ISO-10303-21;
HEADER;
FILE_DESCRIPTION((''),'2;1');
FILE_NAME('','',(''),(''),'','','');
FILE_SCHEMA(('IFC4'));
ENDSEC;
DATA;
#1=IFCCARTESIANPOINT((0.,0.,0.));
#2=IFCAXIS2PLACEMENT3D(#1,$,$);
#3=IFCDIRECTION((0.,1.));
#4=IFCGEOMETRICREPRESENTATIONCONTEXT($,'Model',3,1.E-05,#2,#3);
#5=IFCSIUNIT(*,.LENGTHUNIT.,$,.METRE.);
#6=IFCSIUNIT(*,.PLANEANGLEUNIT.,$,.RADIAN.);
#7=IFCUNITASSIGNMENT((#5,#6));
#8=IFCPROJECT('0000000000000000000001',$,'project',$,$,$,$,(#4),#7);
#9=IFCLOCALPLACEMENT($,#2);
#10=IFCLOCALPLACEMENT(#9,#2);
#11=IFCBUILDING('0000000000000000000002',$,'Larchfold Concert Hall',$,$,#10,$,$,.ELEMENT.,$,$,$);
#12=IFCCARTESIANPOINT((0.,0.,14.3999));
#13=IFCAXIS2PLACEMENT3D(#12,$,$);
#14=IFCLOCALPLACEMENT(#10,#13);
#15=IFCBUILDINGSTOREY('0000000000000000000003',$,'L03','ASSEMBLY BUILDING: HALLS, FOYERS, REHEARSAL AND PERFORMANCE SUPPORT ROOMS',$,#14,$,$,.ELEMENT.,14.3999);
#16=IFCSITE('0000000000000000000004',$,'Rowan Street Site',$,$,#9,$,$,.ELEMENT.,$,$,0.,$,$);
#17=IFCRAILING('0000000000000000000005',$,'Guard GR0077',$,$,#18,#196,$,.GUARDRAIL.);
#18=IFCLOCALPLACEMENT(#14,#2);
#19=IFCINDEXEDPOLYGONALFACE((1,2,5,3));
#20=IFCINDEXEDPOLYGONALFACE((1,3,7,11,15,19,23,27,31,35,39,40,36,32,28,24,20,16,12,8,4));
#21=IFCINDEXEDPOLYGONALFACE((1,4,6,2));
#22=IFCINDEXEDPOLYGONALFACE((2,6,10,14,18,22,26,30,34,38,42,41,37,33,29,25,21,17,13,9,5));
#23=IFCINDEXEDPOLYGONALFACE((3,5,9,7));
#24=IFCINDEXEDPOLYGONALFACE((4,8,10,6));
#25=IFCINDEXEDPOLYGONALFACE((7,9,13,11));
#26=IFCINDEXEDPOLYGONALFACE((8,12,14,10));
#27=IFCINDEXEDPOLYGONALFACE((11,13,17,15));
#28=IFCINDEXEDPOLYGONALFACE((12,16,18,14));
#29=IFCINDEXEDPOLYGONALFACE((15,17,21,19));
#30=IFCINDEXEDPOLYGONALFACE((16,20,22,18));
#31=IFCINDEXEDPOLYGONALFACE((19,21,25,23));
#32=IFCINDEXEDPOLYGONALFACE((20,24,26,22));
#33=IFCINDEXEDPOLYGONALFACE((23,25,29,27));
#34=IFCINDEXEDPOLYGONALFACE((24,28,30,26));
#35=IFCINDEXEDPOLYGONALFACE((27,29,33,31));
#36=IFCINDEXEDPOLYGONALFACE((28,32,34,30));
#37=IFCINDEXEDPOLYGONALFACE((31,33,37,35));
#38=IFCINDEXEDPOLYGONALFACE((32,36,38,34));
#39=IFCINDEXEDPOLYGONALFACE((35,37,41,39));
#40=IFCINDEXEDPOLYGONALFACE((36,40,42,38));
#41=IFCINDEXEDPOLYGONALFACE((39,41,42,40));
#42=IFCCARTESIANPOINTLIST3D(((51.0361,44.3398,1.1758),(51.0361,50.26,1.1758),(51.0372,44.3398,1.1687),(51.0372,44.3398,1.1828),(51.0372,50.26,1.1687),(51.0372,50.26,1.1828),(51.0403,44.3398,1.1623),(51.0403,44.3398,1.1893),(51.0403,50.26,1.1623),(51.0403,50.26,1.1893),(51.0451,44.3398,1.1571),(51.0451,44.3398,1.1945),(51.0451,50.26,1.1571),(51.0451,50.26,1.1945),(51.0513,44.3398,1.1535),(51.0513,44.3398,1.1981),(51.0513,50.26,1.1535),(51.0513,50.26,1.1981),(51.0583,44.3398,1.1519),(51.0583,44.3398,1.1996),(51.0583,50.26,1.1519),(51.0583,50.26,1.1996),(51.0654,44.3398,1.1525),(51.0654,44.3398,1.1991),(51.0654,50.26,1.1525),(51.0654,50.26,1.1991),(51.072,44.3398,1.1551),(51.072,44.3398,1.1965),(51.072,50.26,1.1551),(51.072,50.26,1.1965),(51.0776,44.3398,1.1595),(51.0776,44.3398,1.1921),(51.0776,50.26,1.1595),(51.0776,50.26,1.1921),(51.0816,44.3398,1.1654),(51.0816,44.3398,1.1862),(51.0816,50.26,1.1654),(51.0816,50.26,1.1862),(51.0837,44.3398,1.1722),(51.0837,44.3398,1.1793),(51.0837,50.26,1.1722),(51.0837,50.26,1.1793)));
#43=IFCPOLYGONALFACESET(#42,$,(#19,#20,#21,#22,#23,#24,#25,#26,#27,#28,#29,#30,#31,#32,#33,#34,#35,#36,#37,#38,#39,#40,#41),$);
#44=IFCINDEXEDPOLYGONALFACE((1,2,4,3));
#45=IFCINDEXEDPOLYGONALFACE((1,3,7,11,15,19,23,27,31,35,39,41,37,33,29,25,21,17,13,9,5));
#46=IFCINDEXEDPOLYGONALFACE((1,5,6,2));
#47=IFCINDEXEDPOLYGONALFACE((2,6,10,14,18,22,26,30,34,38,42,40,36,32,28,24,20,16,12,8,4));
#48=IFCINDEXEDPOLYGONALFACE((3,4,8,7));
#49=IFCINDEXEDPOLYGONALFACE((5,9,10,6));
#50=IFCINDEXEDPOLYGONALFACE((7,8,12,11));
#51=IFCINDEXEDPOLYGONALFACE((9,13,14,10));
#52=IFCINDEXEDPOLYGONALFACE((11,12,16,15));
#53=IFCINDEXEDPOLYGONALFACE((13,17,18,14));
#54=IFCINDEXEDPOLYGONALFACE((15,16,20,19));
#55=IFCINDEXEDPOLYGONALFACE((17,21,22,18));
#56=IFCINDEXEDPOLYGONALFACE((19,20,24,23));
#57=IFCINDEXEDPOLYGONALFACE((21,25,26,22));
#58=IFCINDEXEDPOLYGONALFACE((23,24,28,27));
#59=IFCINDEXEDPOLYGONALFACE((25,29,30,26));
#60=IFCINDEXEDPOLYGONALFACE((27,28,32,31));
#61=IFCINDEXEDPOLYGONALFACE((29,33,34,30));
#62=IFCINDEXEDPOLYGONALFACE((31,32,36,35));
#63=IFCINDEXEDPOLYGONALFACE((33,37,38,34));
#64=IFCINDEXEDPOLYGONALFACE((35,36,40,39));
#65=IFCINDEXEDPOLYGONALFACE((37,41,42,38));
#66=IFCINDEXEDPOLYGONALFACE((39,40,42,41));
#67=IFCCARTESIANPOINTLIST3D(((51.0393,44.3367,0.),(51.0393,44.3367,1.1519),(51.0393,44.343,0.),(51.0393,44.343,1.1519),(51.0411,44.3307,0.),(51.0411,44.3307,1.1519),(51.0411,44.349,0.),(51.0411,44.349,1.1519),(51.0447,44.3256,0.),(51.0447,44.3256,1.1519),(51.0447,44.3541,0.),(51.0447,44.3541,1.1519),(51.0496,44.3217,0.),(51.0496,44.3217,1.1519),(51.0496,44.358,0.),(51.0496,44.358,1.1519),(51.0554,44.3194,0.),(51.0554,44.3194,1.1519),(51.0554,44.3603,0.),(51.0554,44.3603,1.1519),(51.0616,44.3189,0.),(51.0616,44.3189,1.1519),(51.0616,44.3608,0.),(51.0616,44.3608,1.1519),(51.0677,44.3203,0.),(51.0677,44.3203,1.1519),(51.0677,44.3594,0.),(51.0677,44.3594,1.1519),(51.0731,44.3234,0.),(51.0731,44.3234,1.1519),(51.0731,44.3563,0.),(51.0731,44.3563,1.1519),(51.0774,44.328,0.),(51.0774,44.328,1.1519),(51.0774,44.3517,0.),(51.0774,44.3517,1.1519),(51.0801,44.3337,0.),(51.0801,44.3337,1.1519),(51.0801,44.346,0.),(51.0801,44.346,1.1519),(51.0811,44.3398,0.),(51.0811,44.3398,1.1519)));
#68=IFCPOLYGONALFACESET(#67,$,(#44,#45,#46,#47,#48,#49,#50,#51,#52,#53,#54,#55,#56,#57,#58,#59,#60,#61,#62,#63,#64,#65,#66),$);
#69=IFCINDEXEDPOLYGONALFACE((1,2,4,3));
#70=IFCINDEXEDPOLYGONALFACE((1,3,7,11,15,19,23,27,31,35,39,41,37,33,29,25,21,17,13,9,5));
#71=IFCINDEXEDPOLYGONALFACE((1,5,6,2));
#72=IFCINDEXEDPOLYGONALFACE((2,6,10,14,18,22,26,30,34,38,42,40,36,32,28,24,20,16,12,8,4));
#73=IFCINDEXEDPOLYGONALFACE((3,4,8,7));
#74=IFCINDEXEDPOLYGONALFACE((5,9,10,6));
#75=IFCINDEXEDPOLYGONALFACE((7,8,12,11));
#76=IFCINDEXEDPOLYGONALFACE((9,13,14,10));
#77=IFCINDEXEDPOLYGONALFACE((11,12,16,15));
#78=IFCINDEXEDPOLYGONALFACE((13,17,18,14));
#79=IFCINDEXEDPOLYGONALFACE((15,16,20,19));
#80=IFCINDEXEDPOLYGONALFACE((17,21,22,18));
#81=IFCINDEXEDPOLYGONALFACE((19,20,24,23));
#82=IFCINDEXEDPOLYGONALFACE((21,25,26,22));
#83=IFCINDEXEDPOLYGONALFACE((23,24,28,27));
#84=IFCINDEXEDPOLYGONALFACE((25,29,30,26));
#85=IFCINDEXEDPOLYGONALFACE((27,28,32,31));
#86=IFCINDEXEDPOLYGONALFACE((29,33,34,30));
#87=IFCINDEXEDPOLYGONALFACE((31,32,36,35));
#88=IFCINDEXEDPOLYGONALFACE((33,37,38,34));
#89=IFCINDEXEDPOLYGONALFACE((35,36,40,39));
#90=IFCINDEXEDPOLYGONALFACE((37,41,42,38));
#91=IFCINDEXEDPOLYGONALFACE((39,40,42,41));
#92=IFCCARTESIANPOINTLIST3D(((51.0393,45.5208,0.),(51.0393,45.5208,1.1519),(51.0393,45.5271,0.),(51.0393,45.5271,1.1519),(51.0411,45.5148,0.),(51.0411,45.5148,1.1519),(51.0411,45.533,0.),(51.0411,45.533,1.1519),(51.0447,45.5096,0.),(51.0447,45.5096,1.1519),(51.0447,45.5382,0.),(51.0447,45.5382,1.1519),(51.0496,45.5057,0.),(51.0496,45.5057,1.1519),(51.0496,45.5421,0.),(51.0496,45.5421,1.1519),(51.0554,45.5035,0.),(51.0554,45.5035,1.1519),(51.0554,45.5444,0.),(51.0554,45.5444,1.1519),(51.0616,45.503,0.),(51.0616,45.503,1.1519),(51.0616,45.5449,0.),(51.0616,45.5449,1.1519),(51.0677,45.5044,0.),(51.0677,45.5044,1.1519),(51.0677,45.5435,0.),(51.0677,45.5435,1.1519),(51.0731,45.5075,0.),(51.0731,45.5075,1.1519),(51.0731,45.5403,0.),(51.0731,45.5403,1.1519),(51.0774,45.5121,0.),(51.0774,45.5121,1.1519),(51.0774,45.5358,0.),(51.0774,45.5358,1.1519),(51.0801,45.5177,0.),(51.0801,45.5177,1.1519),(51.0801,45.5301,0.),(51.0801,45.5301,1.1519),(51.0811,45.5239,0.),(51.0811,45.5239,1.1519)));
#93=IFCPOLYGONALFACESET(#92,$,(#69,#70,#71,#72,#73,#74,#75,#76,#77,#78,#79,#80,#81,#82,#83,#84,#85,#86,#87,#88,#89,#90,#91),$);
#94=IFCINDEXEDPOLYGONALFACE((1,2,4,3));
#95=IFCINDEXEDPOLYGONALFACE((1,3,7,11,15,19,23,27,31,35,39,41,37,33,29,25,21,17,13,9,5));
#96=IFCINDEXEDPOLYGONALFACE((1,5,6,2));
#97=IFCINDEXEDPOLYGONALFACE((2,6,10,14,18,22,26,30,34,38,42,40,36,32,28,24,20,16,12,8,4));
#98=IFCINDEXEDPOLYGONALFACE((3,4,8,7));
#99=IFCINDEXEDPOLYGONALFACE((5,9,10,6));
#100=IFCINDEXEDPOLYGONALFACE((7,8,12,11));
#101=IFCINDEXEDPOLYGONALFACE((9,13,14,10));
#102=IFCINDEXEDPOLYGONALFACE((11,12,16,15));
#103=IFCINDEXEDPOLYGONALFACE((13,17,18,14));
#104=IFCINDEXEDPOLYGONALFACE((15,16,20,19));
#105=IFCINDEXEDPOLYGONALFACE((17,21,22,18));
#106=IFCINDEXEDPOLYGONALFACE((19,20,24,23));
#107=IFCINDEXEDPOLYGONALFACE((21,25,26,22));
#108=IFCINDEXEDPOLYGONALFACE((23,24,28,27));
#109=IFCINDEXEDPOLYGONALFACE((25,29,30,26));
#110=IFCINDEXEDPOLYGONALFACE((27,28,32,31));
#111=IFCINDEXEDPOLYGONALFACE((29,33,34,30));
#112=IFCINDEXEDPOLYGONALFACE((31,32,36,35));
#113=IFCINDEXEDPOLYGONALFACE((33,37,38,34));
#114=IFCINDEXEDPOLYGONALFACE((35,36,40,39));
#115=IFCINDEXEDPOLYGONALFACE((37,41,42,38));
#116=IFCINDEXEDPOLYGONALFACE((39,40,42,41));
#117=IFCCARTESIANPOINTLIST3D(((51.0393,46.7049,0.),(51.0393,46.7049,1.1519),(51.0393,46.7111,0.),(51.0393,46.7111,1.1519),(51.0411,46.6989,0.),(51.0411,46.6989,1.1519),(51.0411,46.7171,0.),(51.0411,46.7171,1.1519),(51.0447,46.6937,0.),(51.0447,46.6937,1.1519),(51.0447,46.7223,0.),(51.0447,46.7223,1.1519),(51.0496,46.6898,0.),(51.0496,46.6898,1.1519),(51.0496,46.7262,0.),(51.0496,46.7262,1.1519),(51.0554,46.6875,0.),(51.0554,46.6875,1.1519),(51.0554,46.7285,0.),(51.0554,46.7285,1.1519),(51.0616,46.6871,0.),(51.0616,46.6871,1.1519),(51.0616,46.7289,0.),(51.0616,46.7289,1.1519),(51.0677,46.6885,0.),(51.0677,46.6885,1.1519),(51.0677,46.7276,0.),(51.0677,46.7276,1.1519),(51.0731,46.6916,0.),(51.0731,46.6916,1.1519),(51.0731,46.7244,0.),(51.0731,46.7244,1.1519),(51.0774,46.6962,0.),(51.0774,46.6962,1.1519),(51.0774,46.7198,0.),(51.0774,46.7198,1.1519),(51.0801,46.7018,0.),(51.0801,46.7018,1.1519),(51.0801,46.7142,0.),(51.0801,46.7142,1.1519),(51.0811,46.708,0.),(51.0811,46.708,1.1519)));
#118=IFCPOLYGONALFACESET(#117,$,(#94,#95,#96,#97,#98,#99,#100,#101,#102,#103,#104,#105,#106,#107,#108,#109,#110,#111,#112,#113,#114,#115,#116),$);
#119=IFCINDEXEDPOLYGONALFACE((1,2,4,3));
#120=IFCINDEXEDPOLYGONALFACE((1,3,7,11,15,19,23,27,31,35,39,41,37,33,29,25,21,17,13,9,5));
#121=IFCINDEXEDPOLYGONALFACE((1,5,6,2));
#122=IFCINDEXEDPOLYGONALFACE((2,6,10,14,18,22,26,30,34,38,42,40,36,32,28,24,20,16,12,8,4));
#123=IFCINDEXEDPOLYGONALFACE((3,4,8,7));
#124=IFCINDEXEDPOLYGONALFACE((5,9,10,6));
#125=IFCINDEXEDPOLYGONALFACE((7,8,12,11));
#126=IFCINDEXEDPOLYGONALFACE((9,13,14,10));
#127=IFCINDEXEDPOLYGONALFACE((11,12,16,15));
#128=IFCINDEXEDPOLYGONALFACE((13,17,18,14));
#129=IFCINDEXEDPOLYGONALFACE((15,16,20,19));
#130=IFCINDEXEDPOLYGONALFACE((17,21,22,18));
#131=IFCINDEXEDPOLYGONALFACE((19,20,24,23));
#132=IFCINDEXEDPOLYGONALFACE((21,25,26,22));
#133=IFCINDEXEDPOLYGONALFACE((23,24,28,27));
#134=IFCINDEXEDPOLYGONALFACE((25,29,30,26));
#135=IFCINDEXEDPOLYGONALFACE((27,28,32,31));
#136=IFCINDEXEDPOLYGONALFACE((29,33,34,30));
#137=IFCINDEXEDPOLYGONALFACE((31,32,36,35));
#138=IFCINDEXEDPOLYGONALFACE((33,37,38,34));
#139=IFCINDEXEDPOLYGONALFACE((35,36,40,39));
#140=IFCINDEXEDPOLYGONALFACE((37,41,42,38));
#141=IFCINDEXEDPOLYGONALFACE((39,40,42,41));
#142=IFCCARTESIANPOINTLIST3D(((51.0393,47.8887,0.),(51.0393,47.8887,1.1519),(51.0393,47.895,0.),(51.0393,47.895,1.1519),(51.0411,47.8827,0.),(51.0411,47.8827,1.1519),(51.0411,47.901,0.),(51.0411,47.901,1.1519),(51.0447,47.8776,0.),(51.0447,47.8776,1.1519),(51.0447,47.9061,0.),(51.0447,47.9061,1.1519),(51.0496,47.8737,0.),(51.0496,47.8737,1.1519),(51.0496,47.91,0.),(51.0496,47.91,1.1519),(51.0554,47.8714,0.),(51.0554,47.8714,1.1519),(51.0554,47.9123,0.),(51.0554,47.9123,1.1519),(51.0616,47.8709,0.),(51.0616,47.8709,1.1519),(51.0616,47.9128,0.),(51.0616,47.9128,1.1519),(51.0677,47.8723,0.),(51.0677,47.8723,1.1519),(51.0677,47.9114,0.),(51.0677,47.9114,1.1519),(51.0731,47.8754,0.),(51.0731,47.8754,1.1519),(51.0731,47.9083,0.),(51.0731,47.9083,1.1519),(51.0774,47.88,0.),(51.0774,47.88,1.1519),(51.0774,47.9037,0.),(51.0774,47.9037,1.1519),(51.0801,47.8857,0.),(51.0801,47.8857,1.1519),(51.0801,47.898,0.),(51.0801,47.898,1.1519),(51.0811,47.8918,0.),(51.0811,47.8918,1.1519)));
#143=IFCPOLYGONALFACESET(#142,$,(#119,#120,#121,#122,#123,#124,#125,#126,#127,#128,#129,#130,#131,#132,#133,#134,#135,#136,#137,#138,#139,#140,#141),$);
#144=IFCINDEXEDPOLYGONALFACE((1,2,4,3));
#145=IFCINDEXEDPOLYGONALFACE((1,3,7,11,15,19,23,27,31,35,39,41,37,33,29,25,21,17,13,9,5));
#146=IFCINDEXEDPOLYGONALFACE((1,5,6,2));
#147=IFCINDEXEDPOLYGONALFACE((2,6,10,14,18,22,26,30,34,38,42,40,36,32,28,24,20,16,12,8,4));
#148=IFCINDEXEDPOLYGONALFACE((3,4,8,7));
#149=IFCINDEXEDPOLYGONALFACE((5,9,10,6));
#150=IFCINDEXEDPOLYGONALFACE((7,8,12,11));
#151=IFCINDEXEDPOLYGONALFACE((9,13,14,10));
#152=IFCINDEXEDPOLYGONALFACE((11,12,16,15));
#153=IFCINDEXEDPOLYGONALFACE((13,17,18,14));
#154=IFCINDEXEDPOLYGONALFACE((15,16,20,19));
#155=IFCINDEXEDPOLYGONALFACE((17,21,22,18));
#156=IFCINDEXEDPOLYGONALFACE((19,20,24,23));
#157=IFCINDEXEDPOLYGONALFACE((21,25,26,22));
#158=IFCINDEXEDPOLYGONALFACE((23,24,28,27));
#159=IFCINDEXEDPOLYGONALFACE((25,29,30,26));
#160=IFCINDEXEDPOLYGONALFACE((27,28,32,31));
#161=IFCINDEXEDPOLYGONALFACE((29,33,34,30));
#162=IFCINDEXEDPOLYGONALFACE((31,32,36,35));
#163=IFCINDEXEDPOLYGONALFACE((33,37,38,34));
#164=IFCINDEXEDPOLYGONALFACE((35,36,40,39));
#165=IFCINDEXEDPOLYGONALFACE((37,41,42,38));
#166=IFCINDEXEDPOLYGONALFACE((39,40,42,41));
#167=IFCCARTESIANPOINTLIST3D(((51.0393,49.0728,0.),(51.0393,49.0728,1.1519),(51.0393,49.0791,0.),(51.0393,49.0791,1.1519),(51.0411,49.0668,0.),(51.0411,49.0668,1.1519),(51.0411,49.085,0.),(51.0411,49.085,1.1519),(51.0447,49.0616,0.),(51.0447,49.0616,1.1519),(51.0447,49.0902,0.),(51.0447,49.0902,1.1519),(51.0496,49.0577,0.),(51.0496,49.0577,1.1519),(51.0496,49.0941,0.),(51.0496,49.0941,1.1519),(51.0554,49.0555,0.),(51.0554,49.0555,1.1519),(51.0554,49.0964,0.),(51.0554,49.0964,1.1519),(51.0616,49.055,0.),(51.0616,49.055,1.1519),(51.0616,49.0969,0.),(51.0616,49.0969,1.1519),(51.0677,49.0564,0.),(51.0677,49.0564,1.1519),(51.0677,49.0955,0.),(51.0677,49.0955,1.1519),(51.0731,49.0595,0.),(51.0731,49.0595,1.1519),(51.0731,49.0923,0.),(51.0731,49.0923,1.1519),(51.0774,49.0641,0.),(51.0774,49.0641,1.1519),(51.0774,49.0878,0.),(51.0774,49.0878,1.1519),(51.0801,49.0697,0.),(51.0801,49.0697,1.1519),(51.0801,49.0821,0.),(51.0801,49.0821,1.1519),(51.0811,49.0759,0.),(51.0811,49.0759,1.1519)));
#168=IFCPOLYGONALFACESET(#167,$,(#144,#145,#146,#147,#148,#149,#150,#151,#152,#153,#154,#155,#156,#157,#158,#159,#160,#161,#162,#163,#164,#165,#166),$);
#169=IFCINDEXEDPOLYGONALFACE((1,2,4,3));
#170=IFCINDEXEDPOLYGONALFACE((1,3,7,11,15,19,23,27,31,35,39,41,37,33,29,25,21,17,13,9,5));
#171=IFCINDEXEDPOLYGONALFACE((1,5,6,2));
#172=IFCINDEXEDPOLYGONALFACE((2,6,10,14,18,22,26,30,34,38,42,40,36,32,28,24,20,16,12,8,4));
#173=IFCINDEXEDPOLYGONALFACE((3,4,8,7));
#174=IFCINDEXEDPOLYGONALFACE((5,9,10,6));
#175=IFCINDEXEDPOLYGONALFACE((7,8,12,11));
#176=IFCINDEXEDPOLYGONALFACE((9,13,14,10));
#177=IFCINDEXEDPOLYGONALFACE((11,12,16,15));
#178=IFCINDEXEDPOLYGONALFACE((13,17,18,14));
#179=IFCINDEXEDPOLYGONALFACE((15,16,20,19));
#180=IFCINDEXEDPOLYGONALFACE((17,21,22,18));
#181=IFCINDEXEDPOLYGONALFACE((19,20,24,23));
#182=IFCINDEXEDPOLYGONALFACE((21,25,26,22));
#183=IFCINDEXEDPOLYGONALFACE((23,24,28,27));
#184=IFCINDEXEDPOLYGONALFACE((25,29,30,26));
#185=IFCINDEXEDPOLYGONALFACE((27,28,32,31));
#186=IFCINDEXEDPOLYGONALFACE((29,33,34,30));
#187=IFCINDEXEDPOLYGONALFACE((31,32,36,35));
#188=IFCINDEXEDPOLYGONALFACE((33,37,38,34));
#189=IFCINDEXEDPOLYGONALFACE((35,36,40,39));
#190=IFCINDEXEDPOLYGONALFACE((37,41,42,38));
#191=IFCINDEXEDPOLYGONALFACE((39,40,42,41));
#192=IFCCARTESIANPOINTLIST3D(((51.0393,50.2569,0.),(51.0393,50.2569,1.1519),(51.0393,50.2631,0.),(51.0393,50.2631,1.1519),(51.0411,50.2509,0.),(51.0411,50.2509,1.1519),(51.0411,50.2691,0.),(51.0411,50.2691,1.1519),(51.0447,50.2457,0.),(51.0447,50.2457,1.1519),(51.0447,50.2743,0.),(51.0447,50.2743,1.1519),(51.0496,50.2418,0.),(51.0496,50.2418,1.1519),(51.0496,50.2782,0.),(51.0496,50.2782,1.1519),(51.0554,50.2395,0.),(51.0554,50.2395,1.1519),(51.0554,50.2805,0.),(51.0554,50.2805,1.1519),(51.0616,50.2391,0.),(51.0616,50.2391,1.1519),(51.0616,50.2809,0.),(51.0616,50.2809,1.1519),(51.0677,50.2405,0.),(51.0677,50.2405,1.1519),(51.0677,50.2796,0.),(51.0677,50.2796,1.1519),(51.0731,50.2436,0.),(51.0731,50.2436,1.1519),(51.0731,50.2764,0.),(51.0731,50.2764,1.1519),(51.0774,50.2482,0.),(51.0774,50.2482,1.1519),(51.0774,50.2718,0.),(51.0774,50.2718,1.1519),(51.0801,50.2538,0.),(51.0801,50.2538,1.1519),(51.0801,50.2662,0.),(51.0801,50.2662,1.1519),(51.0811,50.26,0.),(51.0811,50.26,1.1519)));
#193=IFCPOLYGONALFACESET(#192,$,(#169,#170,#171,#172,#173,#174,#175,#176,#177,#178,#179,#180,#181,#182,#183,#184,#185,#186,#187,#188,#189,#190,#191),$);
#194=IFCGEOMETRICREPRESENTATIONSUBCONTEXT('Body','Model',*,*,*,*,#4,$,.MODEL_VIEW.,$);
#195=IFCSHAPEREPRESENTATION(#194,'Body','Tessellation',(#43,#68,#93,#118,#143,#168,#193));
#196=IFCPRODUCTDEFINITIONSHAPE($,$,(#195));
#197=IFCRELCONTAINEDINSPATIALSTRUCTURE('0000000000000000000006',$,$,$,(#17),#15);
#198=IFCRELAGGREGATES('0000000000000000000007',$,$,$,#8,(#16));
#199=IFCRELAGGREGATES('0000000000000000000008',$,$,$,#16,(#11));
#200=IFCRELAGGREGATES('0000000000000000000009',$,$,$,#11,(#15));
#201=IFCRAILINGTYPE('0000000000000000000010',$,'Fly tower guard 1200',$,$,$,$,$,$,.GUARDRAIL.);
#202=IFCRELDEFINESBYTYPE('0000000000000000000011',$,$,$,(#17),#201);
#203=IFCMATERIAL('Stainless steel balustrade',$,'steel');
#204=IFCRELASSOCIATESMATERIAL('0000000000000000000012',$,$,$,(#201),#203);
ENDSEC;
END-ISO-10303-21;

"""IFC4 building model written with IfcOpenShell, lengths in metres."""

from ifc_helpers import new_model, si_unit, direction, frame, origin, origin_2d, place, context, subcontext, project, spatial, circle, extrude, material, type_object, element, save


model = new_model("IFC4")

# Units and contexts
model_context = context("Model", 3, precision=1e-05, world=origin(), true_north=direction((0.0, 1.0)))
body_context = subcontext(model_context, "Body", "Model", "MODEL_VIEW")
ifc_project = project(units=[si_unit("LENGTHUNIT", "METRE"), si_unit("PLANEANGLEUNIT", "RADIAN")], contexts=[model_context])

# Site, building, storey
site_placement = place(None, origin())
site = spatial("IfcSite", under=ifc_project, at=site_placement, Name="Rowan Street Site", CompositionType="ELEMENT", RefElevation=0.0)
building_placement = place(site_placement, origin())
building = spatial("IfcBuilding", under=site, at=building_placement, Name="Larchfold Concert Hall", CompositionType="ELEMENT")
storey_placement = place(building_placement, frame((0.0, 0.0, 14.3999)))
storey = spatial("IfcBuildingStorey", under=building, at=storey_placement, Name="L03", Description="ASSEMBLY BUILDING: HALLS, FOYERS, REHEARSAL AND PERFORMANCE SUPPORT ROOMS", CompositionType="ELEMENT", Elevation=14.3999)

# Railing
ifc_material_1 = material(Name="Stainless steel balustrade", Category="steel")
railing_type = type_object("IfcRailingType", Name="Fly tower guard 1200", PredefinedType="GUARDRAIL", material=ifc_material_1)
railing_1_placement = place(storey_placement, frame((51.0601, 44.3398, 0.0)))
element("IfcRailing", 1, at=railing_1_placement, inside=storey, type_object=railing_type, Name="Guard GR0077", PredefinedType="GUARDRAIL", context=body_context, shape_type="SweptSolid", body=[
    extrude(circle(Radius=0.0239, at=origin_2d()), frame((0.0, 0.0, 1.1758), z_axis=(0.0, 1.0, 0.0), x_axis=(-1.0, 0.0, 0.0)), (0.0, 0.0, 1.0), 5.9202),
    extrude(circle(Radius=0.021, at=origin_2d()), origin(), (0.0, 0.0, 1.0), 1.1519),
    extrude(circle(Radius=0.021, at=origin_2d()), frame((0.0, 1.1841, 0.0)), (0.0, 0.0, 1.0), 1.1519),
    extrude(circle(Radius=0.021, at=origin_2d()), frame((0.0, 2.3682, 0.0)), (0.0, 0.0, 1.0), 1.1519),
    extrude(circle(Radius=0.021, at=origin_2d()), frame((0.0, 3.552, 0.0)), (0.0, 0.0, 1.0), 1.1519),
    extrude(circle(Radius=0.021, at=origin_2d()), frame((0.0, 4.7361, 0.0)), (0.0, 0.0, 1.0), 1.1519),
    extrude(circle(Radius=0.021, at=origin_2d()), frame((0.0, 5.9202, 0.0)), (0.0, 0.0, 1.0), 1.1519),
])

save(model, "model.ifc")
